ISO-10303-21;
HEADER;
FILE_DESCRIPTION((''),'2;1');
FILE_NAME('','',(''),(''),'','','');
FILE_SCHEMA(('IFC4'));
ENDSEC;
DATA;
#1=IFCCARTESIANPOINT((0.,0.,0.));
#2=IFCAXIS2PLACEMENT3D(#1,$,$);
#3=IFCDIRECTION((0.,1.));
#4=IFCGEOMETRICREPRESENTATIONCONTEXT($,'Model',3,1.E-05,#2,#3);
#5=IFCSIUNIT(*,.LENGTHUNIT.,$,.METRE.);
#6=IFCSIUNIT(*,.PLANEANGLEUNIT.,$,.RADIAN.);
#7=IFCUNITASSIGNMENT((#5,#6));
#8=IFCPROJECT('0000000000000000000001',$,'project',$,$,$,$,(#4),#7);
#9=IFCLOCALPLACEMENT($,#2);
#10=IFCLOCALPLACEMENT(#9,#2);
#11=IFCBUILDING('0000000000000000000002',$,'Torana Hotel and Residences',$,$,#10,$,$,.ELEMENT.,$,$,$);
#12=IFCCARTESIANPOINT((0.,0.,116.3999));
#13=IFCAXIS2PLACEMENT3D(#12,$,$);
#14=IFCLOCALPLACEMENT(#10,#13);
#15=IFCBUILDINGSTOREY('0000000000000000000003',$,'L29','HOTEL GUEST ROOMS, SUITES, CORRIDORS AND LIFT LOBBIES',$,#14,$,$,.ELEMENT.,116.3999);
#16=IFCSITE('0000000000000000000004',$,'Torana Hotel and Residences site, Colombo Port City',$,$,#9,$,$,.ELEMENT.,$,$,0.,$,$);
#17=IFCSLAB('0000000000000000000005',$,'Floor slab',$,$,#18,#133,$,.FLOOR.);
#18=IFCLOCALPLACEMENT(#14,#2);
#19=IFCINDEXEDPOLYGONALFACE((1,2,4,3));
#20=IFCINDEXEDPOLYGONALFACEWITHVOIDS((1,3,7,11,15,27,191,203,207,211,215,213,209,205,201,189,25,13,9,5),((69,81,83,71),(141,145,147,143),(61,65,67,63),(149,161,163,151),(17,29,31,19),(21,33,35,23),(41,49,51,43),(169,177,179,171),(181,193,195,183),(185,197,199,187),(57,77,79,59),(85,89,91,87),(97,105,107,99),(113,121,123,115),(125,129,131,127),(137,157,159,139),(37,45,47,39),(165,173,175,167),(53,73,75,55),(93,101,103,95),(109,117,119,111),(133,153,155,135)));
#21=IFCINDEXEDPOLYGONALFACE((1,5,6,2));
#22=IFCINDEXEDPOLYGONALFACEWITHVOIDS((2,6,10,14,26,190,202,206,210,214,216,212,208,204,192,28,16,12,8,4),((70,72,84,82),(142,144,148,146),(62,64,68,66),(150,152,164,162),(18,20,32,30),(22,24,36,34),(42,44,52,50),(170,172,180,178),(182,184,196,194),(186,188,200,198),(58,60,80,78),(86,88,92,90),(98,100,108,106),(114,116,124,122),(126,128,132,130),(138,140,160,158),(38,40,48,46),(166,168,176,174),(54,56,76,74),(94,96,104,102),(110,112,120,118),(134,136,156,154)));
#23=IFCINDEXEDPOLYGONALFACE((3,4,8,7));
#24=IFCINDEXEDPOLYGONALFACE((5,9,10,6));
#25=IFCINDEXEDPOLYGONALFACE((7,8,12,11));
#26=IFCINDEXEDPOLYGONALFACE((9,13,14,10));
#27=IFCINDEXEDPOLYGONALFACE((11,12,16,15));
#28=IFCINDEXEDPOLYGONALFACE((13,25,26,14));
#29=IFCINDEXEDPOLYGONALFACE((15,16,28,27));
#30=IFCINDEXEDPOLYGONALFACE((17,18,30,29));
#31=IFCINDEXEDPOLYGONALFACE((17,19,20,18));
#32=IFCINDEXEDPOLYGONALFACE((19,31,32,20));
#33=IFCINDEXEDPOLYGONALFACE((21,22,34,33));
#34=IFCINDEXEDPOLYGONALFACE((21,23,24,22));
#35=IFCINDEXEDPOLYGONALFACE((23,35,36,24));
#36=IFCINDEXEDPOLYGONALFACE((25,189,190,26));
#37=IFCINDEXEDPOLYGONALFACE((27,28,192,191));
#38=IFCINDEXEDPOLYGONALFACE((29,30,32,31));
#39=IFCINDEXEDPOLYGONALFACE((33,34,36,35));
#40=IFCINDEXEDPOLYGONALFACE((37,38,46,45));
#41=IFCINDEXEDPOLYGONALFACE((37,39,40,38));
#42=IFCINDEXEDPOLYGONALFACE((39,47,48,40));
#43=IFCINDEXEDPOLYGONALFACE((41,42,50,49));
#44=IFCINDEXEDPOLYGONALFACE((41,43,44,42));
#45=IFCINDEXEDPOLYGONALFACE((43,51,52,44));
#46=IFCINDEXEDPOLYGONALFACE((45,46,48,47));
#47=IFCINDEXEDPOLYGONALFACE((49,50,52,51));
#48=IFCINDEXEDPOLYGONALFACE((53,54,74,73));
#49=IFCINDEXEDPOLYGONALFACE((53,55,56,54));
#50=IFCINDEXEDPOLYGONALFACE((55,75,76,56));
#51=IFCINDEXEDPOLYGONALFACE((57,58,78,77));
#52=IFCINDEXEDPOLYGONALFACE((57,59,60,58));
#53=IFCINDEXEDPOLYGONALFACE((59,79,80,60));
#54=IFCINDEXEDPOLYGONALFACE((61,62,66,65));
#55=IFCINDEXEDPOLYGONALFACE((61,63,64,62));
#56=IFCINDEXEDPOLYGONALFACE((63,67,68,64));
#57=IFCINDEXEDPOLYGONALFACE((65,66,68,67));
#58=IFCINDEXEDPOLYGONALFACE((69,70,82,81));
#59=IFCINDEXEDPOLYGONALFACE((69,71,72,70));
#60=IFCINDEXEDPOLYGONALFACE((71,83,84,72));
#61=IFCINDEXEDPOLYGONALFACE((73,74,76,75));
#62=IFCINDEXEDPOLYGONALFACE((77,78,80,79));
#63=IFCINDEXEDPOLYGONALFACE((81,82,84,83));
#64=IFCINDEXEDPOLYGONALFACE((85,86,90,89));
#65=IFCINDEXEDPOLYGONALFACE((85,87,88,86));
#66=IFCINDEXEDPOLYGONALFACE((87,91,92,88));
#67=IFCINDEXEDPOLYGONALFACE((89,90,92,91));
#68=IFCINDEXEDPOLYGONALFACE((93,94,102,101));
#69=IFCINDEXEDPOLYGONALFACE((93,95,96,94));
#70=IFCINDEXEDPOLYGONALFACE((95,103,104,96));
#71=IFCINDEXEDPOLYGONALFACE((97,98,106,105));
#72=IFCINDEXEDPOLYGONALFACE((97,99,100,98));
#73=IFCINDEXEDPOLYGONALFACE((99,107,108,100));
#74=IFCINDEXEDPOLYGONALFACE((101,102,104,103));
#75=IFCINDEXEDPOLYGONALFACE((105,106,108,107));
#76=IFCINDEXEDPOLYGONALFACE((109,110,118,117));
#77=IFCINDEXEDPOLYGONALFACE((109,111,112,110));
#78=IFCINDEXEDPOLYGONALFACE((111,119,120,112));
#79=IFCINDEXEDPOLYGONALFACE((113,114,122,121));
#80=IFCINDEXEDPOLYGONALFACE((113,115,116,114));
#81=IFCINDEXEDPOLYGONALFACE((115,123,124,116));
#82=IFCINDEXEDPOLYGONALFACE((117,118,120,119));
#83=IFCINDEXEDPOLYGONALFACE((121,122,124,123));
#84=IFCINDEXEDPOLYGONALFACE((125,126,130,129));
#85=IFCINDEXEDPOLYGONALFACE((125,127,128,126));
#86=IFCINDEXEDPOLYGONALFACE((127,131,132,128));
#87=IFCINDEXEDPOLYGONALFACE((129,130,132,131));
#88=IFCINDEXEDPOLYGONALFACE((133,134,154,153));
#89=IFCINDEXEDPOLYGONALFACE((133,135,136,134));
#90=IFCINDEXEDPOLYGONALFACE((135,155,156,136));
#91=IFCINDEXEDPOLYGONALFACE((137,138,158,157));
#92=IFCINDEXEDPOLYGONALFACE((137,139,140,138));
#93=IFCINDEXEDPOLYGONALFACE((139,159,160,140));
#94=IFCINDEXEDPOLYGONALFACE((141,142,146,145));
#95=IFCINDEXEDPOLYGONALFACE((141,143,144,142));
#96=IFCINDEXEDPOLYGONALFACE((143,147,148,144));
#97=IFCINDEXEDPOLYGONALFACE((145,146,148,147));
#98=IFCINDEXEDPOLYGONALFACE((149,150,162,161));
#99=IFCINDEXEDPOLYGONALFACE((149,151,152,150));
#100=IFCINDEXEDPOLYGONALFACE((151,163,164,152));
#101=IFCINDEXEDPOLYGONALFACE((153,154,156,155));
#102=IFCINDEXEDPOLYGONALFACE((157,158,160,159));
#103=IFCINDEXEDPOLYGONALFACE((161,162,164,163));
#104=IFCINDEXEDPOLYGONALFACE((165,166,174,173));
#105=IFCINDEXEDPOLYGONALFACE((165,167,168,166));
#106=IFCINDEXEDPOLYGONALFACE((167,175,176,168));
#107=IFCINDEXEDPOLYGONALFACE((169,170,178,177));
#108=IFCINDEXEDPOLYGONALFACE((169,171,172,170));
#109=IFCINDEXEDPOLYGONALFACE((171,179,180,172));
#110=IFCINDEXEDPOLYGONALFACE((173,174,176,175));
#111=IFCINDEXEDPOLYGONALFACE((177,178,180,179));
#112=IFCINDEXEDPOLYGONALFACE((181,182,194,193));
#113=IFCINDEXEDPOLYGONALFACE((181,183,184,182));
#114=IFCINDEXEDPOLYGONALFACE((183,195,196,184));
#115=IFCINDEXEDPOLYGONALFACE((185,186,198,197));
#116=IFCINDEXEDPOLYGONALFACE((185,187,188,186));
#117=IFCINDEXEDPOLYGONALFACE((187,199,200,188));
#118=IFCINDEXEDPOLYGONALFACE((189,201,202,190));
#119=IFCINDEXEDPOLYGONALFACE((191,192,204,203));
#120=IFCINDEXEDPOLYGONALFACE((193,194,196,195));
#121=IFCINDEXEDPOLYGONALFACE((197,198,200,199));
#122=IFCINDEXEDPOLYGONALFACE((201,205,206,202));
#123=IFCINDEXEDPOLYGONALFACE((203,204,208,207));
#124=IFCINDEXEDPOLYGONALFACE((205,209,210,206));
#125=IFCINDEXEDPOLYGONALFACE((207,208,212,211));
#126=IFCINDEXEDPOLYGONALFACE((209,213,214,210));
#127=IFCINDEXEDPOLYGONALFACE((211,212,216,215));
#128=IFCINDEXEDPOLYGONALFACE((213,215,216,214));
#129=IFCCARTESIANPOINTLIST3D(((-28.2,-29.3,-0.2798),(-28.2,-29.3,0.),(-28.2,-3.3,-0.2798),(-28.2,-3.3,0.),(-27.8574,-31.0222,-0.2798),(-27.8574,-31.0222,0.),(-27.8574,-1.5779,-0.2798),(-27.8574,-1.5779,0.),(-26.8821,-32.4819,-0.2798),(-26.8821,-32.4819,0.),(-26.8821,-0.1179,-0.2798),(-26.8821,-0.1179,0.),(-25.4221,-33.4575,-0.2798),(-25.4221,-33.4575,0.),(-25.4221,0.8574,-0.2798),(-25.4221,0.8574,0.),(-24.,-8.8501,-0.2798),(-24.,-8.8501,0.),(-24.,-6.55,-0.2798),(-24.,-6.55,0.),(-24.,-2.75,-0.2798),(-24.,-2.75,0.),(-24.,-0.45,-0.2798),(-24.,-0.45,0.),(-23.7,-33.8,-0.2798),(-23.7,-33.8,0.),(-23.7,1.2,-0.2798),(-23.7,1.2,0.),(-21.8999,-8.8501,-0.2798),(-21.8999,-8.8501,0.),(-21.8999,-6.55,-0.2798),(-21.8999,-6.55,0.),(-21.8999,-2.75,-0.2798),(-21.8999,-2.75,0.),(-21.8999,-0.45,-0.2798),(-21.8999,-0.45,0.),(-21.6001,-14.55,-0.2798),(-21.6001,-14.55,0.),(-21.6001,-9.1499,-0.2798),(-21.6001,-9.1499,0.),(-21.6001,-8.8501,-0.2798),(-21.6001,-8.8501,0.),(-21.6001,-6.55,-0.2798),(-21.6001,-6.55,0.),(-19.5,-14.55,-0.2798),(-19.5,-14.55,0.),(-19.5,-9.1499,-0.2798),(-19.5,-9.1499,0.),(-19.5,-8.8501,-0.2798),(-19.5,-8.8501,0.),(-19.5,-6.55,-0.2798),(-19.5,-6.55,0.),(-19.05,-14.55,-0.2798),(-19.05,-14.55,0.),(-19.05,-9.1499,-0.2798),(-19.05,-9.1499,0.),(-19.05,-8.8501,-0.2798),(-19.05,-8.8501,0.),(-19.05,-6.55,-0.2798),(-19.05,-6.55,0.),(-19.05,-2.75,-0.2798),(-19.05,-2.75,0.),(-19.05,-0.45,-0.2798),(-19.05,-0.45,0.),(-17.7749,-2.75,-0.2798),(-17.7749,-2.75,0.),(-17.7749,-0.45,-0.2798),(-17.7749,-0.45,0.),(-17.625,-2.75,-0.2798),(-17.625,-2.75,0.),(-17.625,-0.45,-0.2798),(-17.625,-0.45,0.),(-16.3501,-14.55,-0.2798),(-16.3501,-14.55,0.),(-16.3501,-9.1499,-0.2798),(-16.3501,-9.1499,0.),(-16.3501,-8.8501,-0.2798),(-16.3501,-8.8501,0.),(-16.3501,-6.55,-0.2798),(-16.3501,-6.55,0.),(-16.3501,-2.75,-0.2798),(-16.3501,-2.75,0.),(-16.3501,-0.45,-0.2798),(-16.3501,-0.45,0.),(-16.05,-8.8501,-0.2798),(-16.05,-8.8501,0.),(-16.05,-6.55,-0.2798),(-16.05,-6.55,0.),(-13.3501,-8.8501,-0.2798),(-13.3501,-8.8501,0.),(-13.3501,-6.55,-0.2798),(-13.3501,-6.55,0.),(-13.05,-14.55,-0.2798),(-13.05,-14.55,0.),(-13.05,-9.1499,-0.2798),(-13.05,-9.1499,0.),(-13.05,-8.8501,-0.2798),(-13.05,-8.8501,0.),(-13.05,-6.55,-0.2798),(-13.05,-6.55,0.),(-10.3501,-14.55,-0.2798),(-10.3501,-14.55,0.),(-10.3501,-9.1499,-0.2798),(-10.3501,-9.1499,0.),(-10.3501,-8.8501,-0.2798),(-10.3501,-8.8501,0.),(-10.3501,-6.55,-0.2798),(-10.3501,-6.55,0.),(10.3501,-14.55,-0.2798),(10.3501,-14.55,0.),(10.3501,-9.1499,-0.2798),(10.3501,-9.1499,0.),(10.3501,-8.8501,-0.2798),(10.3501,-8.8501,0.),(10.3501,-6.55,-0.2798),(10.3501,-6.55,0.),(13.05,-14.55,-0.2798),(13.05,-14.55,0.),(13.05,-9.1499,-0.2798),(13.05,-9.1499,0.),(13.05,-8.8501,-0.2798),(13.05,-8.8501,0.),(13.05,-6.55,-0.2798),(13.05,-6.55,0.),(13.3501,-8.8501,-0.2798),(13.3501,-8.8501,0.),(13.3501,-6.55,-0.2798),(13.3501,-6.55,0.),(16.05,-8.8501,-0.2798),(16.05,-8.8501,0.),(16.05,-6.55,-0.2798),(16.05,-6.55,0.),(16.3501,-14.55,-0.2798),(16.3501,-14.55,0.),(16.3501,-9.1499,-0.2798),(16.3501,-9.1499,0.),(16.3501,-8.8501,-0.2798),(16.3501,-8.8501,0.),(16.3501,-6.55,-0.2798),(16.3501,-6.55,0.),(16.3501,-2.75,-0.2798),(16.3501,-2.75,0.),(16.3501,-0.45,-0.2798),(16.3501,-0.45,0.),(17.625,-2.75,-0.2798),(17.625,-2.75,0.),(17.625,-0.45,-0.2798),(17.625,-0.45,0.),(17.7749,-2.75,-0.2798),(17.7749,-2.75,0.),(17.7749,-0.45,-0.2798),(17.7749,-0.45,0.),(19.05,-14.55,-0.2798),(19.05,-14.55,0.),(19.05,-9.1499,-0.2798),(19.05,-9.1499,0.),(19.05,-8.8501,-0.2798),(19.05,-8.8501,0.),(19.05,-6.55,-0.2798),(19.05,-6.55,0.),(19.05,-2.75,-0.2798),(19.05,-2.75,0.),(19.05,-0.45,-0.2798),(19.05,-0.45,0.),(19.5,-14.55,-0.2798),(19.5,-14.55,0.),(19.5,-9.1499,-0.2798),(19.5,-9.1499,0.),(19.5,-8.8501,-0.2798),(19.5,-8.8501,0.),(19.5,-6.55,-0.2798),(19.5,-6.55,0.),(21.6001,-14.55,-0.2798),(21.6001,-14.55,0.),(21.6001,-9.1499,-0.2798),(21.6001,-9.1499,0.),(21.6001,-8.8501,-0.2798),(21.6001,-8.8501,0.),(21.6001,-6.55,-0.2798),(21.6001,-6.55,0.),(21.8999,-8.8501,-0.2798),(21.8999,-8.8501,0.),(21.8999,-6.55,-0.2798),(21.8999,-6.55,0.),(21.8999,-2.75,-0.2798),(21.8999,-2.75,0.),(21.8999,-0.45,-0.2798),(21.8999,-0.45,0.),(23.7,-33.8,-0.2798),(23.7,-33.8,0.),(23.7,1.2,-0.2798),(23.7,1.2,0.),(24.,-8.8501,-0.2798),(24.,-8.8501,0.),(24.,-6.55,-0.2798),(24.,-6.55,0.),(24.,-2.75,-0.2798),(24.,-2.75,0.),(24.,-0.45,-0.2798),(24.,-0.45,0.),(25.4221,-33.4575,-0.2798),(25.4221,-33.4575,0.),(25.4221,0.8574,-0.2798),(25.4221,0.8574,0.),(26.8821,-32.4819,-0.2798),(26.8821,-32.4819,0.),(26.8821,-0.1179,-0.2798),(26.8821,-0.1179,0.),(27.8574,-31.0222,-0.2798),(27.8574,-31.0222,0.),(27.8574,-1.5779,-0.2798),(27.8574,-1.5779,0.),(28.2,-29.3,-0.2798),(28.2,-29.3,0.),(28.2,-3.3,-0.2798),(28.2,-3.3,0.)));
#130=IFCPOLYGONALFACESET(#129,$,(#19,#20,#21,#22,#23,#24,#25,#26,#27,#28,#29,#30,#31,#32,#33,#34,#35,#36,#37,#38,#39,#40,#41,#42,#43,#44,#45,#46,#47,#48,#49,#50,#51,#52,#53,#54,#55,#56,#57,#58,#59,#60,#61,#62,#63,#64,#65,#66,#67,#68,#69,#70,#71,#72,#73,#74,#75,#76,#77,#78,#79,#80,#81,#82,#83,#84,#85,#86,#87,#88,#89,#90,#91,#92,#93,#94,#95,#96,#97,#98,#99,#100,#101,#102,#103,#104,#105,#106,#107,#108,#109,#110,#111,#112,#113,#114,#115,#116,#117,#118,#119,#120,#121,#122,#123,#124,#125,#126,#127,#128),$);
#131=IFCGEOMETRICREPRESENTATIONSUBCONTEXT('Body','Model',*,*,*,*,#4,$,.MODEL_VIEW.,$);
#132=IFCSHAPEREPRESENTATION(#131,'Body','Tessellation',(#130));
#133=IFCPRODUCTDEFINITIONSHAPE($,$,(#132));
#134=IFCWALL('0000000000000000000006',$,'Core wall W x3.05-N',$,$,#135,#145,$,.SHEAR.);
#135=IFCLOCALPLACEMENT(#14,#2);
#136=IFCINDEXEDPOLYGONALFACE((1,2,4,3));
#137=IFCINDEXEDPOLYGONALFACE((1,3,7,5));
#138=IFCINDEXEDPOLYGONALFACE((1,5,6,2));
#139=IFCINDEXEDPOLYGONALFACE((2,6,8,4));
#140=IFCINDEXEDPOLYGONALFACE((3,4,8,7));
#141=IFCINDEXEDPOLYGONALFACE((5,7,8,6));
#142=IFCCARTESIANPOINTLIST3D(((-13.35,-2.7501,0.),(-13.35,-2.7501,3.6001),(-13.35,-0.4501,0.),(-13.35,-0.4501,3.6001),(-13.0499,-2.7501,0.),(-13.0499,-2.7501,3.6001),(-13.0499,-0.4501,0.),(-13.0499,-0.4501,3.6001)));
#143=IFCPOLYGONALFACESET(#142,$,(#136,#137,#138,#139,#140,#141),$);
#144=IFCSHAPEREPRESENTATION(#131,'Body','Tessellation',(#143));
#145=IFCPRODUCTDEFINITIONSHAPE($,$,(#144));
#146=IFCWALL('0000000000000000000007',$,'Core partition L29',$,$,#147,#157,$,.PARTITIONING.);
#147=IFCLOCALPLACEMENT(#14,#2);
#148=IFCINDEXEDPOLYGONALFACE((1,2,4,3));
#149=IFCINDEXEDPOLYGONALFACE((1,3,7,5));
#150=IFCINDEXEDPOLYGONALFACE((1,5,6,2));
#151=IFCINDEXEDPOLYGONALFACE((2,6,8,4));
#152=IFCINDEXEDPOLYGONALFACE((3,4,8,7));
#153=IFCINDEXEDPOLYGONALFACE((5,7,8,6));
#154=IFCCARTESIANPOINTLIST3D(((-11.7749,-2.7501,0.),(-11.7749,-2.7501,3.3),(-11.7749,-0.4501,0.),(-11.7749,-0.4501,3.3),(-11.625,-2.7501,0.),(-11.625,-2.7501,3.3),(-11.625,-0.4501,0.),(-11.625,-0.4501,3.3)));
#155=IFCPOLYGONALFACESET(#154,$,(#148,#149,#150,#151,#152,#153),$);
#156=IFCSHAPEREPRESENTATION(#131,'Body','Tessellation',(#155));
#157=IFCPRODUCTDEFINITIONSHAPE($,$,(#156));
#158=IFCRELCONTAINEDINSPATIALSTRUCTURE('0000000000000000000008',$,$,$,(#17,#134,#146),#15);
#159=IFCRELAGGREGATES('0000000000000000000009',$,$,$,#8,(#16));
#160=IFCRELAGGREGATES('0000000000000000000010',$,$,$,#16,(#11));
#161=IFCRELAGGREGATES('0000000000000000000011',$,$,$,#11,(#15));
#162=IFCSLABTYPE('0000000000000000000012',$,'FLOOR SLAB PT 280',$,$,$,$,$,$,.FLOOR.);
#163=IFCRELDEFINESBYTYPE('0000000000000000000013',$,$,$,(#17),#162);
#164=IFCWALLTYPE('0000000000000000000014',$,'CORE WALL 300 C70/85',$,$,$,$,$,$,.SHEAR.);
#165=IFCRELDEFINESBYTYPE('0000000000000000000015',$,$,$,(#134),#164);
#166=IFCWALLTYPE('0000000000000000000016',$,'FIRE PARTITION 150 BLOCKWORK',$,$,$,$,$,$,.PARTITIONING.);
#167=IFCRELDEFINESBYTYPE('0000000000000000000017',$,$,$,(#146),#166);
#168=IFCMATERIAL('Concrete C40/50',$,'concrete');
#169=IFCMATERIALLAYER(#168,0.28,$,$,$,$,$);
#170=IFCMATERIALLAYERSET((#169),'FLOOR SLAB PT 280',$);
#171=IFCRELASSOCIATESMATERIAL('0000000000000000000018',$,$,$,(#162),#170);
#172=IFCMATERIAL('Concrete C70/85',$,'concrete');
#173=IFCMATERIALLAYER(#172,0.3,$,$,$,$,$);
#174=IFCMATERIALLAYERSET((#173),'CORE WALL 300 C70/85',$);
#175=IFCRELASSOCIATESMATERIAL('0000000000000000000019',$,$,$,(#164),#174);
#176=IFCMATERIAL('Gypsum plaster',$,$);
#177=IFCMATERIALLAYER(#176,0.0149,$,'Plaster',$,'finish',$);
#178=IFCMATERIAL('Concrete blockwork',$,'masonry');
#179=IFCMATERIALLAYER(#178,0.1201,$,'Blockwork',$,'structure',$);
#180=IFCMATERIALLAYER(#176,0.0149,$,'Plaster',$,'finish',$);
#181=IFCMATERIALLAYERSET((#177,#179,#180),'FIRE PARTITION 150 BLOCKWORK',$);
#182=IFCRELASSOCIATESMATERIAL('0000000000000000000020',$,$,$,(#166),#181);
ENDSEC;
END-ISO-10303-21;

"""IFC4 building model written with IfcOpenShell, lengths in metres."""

from ifc_helpers import new_model, si_unit, direction, frame, frame_2d, origin, place, context, subcontext, project, spatial, polyline, rectangle, outline, extrude, material, layer, layer_set, type_object, element, save


model = new_model("IFC4")

# Units and contexts
model_context = context("Model", 3, precision=1e-05, world=origin(), true_north=direction((0.0, 1.0)))
body_context = subcontext(model_context, "Body", "Model", "MODEL_VIEW")
ifc_project = project(units=[si_unit("LENGTHUNIT", "METRE"), si_unit("PLANEANGLEUNIT", "RADIAN")], contexts=[model_context])

# Site, building, storey
site_placement = place(None, origin())
site = spatial("IfcSite", under=ifc_project, at=site_placement, Name="Torana Hotel and Residences site, Colombo Port City", CompositionType="ELEMENT", RefElevation=0.0)
building_placement = place(site_placement, origin())
building = spatial("IfcBuilding", under=site, at=building_placement, Name="Torana Hotel and Residences", CompositionType="ELEMENT")
storey_placement = place(building_placement, frame((0.0, 0.0, 116.3999)))
storey = spatial("IfcBuildingStorey", under=building, at=storey_placement, Name="L29", Description="HOTEL GUEST ROOMS, SUITES, CORRIDORS AND LIFT LOBBIES", CompositionType="ELEMENT", Elevation=116.3999)

# Slab
ifc_material_1 = material(Name="Concrete C40/50", Category="concrete")
ifc_layer_1 = layer(ifc_material_1, 0.28)
ifc_layer_set_1 = layer_set([ifc_layer_1], Name="FLOOR SLAB PT 280")
slab_type_1 = type_object("IfcSlabType", Name="FLOOR SLAB PT 280", PredefinedType="FLOOR", material=ifc_layer_set_1)
slab_1_placement = place(storey_placement, frame((0.0, 0.0, -0.2798)))
element("IfcSlab", 1, at=slab_1_placement, inside=storey, type_object=slab_type_1, Name="Floor slab", PredefinedType="FLOOR", context=body_context, shape_type="SweptSolid", body=[
    extrude(outline(polyline([(28.2, -3.3), (27.8574, -1.5779), (26.8821, -0.1179), (25.4221, 0.8574), (23.7, 1.2), (-23.7, 1.2), (-25.4221, 0.8574), (-26.8821, -0.1179), (-27.8574, -1.5779), (-28.2, -3.3), (-28.2, -29.3), (-27.8574, -31.0222), (-26.8821, -32.4819), (-25.4221, -33.4575), (-23.7, -33.8), (23.7, -33.8), (25.4221, -33.4575), (26.8821, -32.4819), (27.8574, -31.0222), (28.2, -29.3), (28.2, -3.3)]), holes=[polyline([(-13.05, -14.55), (-10.3501, -14.55), (-10.3501, -9.1499), (-13.05, -9.1499), (-13.05, -14.55)]), polyline([(-19.05, -14.55), (-16.3501, -14.55), (-16.3501, -9.1499), (-19.05, -9.1499), (-19.05, -14.55)]), polyline([(-17.625, -2.75), (-16.3501, -2.75), (-16.3501, -0.45), (-17.625, -0.45), (-17.625, -2.75)]), polyline([(-19.05, -2.75), (-17.7749, -2.75), (-17.7749, -0.45), (-19.05, -0.45), (-19.05, -2.75)]), polyline([(-21.6001, -8.8501), (-19.5, -8.8501), (-19.5, -6.55), (-21.6001, -6.55), (-21.6001, -8.8501)]), polyline([(-24.0, -2.75), (-21.8999, -2.75), (-21.8999, -0.45), (-24.0, -0.45), (-24.0, -2.75)]), polyline([(-24.0, -8.8501), (-21.8999, -8.8501), (-21.8999, -6.55), (-24.0, -6.55), (-24.0, -8.8501)]), polyline([(-13.05, -8.8501), (-10.3501, -8.8501), (-10.3501, -6.55), (-13.05, -6.55), (-13.05, -8.8501)]), polyline([(-16.05, -8.8501), (-13.3501, -8.8501), (-13.3501, -6.55), (-16.05, -6.55), (-16.05, -8.8501)]), polyline([(-19.05, -8.8501), (-16.3501, -8.8501), (-16.3501, -6.55), (-19.05, -6.55), (-19.05, -8.8501)]), polyline([(-21.6001, -14.55), (-19.5, -14.55), (-19.5, -9.1499), (-21.6001, -9.1499), (-21.6001, -14.55)]), polyline([(10.3501, -14.55), (13.05, -14.55), (13.05, -9.1499), (10.3501, -9.1499), (10.3501, -14.55)]), polyline([(16.3501, -14.55), (19.05, -14.55), (19.05, -9.1499), (16.3501, -9.1499), (16.3501, -14.55)]), polyline([(16.3501, -2.75), (17.625, -2.75), (17.625, -0.45), (16.3501, -0.45), (16.3501, -2.75)]), polyline([(17.7749, -2.75), (19.05, -2.75), (19.05, -0.45), (17.7749, -0.45), (17.7749, -2.75)]), polyline([(19.5, -8.8501), (21.6001, -8.8501), (21.6001, -6.55), (19.5, -6.55), (19.5, -8.8501)]), polyline([(21.8999, -2.75), (24.0, -2.75), (24.0, -0.45), (21.8999, -0.45), (21.8999, -2.75)]), polyline([(21.8999, -8.8501), (24.0, -8.8501), (24.0, -6.55), (21.8999, -6.55), (21.8999, -8.8501)]), polyline([(10.3501, -8.8501), (13.05, -8.8501), (13.05, -6.55), (10.3501, -6.55), (10.3501, -8.8501)]), polyline([(13.3501, -8.8501), (16.05, -8.8501), (16.05, -6.55), (13.3501, -6.55), (13.3501, -8.8501)]), polyline([(16.3501, -8.8501), (19.05, -8.8501), (19.05, -6.55), (16.3501, -6.55), (16.3501, -8.8501)]), polyline([(19.5, -14.55), (21.6001, -14.55), (21.6001, -9.1499), (19.5, -9.1499), (19.5, -14.55)])]), origin(), (0.0, 0.0, 1.0), 0.2798),
])

# Walls
ifc_material_2 = material(Name="Concrete C70/85", Category="concrete")
ifc_layer_2 = layer(ifc_material_2, 0.3)
ifc_layer_set_2 = layer_set([ifc_layer_2], Name="CORE WALL 300 C70/85")
wall_type_1 = type_object("IfcWallType", Name="CORE WALL 300 C70/85", PredefinedType="SHEAR", material=ifc_layer_set_2)
wall_1_placement = place(storey_placement, frame((-13.2, -2.75, 0.0), z_axis=(0.0, 0.0, 1.0), x_axis=(0.0, 1.0, 0.0)))
element("IfcWall", 2, at=wall_1_placement, inside=storey, type_object=wall_type_1, Name="Core wall W x3.05-N", PredefinedType="SHEAR", context=body_context, shape_type="SweptSolid", body=[
    extrude(rectangle(XDim=2.3, YDim=0.3, at=frame_2d((1.1499, 0.0))), origin(), (0.0, 0.0, 1.0), 3.6001),
])
ifc_material_3 = material(Name="Gypsum plaster")
ifc_layer_3 = layer(ifc_material_3, 0.0149, Name="Plaster", Category="finish")
ifc_material_4 = material(Name="Concrete blockwork", Category="masonry")
ifc_layer_4 = layer(ifc_material_4, 0.1201, Name="Blockwork", Category="structure")
ifc_layer_5 = layer(ifc_material_3, 0.0149, Name="Plaster", Category="finish")
ifc_layer_set_3 = layer_set([ifc_layer_3, ifc_layer_4, ifc_layer_5], Name="FIRE PARTITION 150 BLOCKWORK")
wall_type_2 = type_object("IfcWallType", Name="FIRE PARTITION 150 BLOCKWORK", PredefinedType="PARTITIONING", material=ifc_layer_set_3)
wall_2_placement = place(storey_placement, frame((-11.7, -2.75, 0.0), z_axis=(0.0, 0.0, 1.0), x_axis=(0.0, 1.0, 0.0)))
element("IfcWall", 3, at=wall_2_placement, inside=storey, type_object=wall_type_2, Name="Core partition L29", PredefinedType="PARTITIONING", context=body_context, shape_type="SweptSolid", body=[
    extrude(rectangle(XDim=2.3, YDim=0.1499, at=frame_2d((1.1499, 0.0))), origin(), (0.0, 0.0, 1.0), 3.3),
])

save(model, "model.ifc")
